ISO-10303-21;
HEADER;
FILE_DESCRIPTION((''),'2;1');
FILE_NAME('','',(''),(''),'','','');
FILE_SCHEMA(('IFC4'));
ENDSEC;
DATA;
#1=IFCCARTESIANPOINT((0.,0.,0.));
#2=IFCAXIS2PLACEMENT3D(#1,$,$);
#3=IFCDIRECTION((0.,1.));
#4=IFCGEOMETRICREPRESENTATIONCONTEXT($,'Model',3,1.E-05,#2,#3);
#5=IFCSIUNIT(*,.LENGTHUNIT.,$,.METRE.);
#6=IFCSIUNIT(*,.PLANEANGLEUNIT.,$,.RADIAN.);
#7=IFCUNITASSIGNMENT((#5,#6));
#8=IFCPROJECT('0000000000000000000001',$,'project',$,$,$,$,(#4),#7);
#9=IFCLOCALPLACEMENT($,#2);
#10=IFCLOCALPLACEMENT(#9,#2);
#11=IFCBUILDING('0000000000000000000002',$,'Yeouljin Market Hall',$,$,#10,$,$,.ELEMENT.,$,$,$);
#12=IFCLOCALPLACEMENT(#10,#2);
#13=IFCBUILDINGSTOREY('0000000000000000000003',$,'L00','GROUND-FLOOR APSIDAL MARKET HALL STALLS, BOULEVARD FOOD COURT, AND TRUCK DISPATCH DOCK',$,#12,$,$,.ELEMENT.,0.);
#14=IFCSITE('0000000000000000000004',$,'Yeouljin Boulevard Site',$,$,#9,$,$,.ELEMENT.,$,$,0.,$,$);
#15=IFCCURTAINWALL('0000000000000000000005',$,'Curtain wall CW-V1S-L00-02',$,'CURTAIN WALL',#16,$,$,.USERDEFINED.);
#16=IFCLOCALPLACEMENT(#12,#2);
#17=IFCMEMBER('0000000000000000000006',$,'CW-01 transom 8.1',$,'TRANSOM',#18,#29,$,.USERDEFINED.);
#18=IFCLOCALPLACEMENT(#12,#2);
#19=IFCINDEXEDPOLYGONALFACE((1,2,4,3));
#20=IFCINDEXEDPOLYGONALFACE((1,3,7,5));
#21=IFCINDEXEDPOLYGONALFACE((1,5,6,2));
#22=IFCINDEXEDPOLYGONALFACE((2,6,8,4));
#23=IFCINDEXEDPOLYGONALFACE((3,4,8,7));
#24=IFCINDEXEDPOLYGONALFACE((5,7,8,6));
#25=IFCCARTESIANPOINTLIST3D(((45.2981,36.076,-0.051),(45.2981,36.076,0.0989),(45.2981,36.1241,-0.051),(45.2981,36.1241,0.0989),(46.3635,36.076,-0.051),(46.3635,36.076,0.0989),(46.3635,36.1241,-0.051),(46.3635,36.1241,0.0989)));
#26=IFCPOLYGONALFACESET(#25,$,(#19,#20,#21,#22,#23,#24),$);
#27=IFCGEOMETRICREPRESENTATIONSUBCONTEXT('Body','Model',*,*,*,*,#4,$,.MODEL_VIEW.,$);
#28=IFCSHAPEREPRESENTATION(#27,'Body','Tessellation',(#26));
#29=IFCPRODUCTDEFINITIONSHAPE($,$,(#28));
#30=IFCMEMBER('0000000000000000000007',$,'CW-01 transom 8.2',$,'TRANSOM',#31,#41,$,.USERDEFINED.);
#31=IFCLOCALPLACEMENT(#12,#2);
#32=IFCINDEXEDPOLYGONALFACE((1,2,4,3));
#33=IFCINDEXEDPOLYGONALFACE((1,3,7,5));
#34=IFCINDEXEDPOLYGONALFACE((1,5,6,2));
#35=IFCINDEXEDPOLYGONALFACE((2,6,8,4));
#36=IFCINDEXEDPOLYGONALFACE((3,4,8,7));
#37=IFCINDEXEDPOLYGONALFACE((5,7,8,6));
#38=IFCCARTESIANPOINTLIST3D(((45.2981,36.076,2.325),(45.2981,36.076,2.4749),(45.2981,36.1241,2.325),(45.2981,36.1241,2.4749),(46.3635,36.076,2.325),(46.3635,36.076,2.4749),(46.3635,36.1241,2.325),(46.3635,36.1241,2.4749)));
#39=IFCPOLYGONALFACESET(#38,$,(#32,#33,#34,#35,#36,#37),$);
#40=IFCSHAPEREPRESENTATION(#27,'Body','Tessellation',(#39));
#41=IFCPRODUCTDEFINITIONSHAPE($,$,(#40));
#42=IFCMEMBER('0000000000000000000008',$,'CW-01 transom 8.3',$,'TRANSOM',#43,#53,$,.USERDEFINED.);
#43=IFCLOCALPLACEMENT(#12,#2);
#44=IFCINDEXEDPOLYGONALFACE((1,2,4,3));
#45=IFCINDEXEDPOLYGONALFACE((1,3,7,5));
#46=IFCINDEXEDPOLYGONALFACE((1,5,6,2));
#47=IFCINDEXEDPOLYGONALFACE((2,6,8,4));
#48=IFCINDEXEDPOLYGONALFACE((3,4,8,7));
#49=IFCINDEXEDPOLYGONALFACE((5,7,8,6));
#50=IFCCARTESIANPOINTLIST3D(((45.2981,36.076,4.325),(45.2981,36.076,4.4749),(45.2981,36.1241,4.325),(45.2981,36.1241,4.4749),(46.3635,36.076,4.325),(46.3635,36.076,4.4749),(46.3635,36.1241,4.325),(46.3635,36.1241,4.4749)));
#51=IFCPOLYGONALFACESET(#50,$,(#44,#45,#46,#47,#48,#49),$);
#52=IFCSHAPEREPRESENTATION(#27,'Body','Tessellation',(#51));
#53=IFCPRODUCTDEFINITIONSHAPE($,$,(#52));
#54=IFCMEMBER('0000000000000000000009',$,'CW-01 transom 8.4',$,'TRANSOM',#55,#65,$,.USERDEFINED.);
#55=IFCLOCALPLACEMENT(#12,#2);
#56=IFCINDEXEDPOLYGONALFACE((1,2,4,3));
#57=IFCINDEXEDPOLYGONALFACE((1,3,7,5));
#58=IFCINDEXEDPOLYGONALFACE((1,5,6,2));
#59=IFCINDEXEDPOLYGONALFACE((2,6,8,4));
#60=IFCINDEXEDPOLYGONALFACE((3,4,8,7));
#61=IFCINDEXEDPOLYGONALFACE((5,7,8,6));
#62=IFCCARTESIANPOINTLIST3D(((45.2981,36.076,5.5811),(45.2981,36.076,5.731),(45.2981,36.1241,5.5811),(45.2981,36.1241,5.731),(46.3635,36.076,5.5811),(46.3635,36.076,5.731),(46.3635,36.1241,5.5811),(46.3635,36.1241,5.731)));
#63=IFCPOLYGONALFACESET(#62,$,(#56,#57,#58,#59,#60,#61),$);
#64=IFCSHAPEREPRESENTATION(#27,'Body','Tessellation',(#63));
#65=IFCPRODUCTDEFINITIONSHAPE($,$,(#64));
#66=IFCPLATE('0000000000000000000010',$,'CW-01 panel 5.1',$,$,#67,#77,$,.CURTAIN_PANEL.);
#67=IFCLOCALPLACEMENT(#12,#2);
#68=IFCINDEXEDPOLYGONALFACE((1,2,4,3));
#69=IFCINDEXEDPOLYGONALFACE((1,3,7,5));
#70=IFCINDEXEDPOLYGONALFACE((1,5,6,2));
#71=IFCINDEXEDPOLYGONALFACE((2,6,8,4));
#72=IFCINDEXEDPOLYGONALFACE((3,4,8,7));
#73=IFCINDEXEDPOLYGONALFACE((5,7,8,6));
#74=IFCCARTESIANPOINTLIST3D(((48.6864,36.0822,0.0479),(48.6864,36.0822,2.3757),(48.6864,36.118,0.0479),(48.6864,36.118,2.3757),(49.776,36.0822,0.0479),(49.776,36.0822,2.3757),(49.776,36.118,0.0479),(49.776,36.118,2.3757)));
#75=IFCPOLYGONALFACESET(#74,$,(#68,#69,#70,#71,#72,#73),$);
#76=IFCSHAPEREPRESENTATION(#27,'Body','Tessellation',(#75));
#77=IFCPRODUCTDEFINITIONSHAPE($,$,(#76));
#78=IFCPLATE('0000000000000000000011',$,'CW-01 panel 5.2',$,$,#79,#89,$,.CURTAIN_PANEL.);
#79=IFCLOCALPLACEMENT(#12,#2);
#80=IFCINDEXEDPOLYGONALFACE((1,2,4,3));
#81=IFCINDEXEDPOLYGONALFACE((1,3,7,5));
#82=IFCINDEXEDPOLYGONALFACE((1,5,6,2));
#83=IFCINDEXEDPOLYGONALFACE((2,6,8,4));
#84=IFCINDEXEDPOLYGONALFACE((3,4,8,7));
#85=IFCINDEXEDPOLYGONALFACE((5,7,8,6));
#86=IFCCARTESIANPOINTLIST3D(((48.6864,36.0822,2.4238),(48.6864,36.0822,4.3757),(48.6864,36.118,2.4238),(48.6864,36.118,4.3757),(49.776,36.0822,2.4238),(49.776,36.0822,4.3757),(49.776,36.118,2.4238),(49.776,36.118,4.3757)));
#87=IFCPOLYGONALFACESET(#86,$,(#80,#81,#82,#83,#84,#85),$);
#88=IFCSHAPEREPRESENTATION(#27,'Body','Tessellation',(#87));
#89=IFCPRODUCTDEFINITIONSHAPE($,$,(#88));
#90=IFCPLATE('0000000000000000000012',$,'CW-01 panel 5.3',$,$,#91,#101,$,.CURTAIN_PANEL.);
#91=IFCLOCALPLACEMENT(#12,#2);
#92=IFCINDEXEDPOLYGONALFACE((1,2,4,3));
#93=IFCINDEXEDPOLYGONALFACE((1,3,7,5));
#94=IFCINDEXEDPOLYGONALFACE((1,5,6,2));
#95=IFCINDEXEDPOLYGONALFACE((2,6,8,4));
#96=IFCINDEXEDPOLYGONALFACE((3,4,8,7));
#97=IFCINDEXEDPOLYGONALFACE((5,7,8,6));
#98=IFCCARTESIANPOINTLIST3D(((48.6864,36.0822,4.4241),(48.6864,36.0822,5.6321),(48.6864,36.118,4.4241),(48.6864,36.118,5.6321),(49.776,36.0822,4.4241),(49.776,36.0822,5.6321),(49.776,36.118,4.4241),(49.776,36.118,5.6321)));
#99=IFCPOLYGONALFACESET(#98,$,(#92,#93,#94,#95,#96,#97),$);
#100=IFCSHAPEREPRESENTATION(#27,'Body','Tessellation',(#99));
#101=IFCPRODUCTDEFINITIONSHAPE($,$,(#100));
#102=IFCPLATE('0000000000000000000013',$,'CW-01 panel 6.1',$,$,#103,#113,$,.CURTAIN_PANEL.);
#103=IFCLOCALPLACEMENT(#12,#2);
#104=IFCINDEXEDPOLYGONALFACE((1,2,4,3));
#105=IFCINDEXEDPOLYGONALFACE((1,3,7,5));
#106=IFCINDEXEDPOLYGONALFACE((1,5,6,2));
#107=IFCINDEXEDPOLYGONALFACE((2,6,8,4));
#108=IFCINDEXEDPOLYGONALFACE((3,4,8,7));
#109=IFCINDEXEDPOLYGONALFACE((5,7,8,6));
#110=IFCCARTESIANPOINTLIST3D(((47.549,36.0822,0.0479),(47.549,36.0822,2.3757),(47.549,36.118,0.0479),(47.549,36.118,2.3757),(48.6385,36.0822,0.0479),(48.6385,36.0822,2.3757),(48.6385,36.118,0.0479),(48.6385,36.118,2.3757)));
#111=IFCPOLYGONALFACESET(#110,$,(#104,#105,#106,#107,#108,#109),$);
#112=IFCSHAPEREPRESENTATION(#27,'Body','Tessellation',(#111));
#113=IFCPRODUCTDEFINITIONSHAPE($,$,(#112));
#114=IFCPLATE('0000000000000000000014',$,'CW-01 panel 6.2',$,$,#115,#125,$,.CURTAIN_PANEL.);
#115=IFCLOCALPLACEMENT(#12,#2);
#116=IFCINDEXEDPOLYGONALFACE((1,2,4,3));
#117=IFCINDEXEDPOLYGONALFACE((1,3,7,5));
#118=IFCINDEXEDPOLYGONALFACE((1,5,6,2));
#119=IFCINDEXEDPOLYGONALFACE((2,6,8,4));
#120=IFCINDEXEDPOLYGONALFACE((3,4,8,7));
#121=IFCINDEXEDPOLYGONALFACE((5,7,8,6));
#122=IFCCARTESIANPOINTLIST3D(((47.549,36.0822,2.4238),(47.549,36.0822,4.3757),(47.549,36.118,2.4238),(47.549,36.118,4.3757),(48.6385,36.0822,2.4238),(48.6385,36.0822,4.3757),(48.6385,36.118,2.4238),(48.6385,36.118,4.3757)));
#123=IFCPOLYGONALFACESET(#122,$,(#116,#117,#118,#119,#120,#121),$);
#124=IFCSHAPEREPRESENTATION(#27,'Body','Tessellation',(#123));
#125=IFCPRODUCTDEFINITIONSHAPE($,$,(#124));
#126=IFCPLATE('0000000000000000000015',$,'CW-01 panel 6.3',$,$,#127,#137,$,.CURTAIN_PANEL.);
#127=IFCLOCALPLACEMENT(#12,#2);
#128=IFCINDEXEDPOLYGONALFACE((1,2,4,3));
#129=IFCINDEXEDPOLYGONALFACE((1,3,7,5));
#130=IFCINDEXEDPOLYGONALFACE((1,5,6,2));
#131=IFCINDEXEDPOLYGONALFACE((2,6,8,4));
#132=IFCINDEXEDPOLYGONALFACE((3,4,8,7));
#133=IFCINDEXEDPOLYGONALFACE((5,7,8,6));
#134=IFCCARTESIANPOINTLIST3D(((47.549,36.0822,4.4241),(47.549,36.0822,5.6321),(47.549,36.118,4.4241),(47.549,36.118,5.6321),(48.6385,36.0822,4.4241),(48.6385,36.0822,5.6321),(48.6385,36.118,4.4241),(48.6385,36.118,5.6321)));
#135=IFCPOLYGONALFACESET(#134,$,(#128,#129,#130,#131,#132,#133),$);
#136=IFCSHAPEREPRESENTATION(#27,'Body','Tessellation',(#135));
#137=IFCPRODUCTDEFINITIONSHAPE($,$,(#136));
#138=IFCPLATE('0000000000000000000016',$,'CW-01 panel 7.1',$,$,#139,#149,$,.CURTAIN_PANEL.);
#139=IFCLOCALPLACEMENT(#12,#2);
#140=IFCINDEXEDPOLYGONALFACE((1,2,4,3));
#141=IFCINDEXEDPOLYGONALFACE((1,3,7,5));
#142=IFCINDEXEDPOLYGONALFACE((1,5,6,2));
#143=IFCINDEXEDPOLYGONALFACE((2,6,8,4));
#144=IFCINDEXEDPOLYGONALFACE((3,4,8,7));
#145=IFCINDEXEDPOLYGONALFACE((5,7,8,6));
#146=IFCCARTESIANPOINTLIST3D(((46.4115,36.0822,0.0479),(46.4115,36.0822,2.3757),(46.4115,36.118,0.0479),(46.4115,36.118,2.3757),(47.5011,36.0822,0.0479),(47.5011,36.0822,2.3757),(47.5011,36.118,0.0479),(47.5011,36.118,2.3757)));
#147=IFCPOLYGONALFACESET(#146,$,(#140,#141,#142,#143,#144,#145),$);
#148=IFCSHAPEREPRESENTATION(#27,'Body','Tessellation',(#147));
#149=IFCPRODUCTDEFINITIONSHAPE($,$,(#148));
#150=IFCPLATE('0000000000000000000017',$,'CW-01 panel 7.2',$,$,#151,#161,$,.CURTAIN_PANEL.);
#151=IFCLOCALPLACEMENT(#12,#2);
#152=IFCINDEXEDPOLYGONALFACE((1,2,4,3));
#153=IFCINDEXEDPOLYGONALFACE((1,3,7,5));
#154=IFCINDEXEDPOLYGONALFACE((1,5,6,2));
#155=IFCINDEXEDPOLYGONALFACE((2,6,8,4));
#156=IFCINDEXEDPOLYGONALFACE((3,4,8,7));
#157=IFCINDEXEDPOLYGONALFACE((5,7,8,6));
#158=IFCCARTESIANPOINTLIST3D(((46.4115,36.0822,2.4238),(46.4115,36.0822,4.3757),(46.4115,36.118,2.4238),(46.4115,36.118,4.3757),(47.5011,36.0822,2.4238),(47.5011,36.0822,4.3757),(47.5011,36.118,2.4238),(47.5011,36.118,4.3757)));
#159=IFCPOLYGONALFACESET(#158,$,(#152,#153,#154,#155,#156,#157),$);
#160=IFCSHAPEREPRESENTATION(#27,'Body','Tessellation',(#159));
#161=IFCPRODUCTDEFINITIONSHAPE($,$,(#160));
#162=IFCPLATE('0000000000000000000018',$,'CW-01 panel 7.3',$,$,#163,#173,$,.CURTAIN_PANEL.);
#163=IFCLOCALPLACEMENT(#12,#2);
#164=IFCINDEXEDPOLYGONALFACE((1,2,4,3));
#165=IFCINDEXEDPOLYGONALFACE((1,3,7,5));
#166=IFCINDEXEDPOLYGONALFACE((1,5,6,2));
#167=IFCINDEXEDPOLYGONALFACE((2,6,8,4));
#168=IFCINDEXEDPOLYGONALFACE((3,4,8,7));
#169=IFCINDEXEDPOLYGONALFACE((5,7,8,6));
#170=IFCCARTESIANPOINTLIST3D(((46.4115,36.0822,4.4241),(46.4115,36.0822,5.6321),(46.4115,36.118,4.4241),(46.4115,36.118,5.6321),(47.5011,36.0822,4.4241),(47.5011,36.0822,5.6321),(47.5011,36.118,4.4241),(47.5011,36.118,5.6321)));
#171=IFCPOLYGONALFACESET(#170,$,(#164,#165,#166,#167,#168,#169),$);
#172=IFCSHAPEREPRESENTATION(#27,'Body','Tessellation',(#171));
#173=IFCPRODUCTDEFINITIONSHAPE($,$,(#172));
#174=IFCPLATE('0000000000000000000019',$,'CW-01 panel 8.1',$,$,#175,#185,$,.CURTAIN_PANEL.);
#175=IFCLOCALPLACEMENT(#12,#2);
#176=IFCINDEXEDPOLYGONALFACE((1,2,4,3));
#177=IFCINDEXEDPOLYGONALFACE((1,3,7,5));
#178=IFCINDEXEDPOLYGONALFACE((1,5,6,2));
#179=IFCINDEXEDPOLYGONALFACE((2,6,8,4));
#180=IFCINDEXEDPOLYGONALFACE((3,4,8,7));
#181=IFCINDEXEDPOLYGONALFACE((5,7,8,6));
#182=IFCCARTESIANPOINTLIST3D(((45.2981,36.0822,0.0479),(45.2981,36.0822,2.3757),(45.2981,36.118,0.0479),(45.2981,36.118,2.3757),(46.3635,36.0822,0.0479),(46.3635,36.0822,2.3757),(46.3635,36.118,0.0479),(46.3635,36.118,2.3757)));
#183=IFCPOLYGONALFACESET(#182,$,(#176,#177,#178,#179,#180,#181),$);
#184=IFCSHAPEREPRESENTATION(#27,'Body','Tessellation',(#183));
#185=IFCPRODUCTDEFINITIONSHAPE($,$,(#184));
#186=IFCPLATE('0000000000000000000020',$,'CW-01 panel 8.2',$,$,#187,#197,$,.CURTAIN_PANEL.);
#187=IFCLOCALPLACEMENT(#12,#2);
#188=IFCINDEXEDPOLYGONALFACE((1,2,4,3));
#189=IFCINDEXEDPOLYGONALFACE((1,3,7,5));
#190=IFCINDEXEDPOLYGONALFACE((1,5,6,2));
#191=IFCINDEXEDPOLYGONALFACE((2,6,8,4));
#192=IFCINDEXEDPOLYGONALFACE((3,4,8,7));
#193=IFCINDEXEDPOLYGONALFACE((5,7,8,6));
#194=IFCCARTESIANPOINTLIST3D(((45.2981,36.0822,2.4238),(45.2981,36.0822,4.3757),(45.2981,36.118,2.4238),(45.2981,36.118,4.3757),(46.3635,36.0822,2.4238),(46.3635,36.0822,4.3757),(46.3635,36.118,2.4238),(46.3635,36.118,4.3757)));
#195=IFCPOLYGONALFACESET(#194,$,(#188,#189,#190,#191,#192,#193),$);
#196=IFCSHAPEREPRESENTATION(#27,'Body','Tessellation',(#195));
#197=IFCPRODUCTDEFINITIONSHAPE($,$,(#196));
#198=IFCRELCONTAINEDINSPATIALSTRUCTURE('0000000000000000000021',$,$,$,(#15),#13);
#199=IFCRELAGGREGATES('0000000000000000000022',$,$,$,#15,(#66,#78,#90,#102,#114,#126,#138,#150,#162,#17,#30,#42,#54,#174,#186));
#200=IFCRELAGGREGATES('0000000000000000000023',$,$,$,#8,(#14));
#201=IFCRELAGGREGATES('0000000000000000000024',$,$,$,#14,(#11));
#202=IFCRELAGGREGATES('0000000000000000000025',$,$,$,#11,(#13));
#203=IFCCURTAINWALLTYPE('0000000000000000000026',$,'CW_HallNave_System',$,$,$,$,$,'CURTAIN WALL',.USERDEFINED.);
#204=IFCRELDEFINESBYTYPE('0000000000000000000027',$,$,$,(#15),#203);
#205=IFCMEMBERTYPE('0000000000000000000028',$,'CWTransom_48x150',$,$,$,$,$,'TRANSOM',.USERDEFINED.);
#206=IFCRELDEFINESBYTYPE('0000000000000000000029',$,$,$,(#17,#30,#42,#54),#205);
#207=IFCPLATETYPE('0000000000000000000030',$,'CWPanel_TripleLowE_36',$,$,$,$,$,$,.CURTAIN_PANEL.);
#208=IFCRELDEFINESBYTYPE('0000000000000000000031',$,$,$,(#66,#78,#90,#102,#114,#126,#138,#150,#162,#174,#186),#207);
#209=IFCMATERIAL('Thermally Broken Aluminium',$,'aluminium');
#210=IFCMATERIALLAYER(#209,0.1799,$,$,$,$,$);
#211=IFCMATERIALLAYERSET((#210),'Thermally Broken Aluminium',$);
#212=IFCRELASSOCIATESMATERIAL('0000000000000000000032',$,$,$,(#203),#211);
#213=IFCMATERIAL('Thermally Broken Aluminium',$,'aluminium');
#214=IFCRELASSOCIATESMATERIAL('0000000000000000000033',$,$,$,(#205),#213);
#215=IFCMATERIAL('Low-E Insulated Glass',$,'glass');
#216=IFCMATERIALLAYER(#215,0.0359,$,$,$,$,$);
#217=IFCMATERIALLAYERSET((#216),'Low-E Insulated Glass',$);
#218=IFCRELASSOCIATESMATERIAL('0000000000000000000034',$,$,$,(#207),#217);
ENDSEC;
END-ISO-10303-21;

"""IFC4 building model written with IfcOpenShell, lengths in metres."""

from ifc_helpers import new_model, si_unit, direction, frame, origin, origin_2d, place, context, subcontext, project, spatial, rectangle, extrude, material, layer, layer_set, material_profile, profile_set, type_object, element, aggregate, save


model = new_model("IFC4")

# Units and contexts
model_context = context("Model", 3, precision=1e-05, world=origin(), true_north=direction((0.0, 1.0)))
body_context = subcontext(model_context, "Body", "Model", "MODEL_VIEW")
ifc_project = project(units=[si_unit("LENGTHUNIT", "METRE"), si_unit("PLANEANGLEUNIT", "RADIAN")], contexts=[model_context])

# Site, building, storey
site_placement = place(None, origin())
site = spatial("IfcSite", under=ifc_project, at=site_placement, Name="Yeouljin Boulevard Site", CompositionType="ELEMENT", RefElevation=0.0)
building_placement = place(site_placement, origin())
building = spatial("IfcBuilding", under=site, at=building_placement, Name="Yeouljin Market Hall", CompositionType="ELEMENT")
storey_placement = place(building_placement, origin())
storey = spatial("IfcBuildingStorey", under=building, at=storey_placement, Name="L00", Description="GROUND-FLOOR APSIDAL MARKET HALL STALLS, BOULEVARD FOOD COURT, AND TRUCK DISPATCH DOCK", CompositionType="ELEMENT", Elevation=0.0)

# Shared definitions
ifc_material_1 = material(Name="Thermally Broken Aluminium", Category="aluminium")
ifc_layer_1 = layer(ifc_material_1, 0.1799)
ifc_layer_set_1 = layer_set([ifc_layer_1], Name="Thermally Broken Aluminium")
curtain_wall_type = type_object("IfcCurtainWallType", Name="CW_HallNave_System", ElementType="CURTAIN WALL", PredefinedType="USERDEFINED", material=ifc_layer_set_1)

# Curtain wall
curtain_wall_1_placement = place(storey_placement, origin())
curtain_wall_1 = element("IfcCurtainWall", 1, at=curtain_wall_1_placement, inside=storey, type_object=curtain_wall_type, Name="Curtain wall CW-V1S-L00-02", ObjectType="CURTAIN WALL", PredefinedType="USERDEFINED")

# Members
ifc_material_2 = material(Name="Thermally Broken Aluminium", Category="aluminium")
ifc_material_profile_1 = material_profile(ifc_material_2, rectangle(XDim=0.0481, YDim=0.1499, at=origin_2d()), Name="CW-TRAN-48x150")
ifc_profile_set_1 = profile_set([ifc_material_profile_1], Name="Thermally Broken Aluminium")
member_type_1 = type_object("IfcMemberType", Name="CWTransom_48x150", ElementType="TRANSOM", PredefinedType="USERDEFINED", material=ifc_profile_set_1)
member_1_placement = place(storey_placement, frame((46.3635, 36.1001, 0.0239), z_axis=(-1.0, 0.0, 0.0), x_axis=(0.0, -1.0, 0.0)))
member_1 = element("IfcMember", 2, at=member_1_placement, type_object=member_type_1, Name="CW-01 transom 8.1", ObjectType="TRANSOM", PredefinedType="USERDEFINED", context=body_context, shape_type="SweptSolid", body=[
    extrude(rectangle(XDim=0.0481, YDim=0.1499, at=origin_2d()), origin(), (0.0, 0.0, 1.0), 1.0654),
])
member_2_placement = place(storey_placement, frame((46.3635, 36.1001, 2.3999), z_axis=(-1.0, 0.0, 0.0), x_axis=(0.0, -1.0, 0.0)))
member_2 = element("IfcMember", 3, at=member_2_placement, type_object=member_type_1, Name="CW-01 transom 8.2", ObjectType="TRANSOM", PredefinedType="USERDEFINED", context=body_context, shape_type="SweptSolid", body=[
    extrude(rectangle(XDim=0.0481, YDim=0.1499, at=origin_2d()), origin(), (0.0, 0.0, 1.0), 1.0654),
])
member_3_placement = place(storey_placement, frame((46.3635, 36.1001, 4.3999), z_axis=(-1.0, 0.0, 0.0), x_axis=(0.0, -1.0, 0.0)))
member_3 = element("IfcMember", 4, at=member_3_placement, type_object=member_type_1, Name="CW-01 transom 8.3", ObjectType="TRANSOM", PredefinedType="USERDEFINED", context=body_context, shape_type="SweptSolid", body=[
    extrude(rectangle(XDim=0.0481, YDim=0.1499, at=origin_2d()), origin(), (0.0, 0.0, 1.0), 1.0654),
])
member_4_placement = place(storey_placement, frame((46.3635, 36.1001, 5.656), z_axis=(-1.0, 0.0, 0.0), x_axis=(0.0, -1.0, 0.0)))
member_4 = element("IfcMember", 5, at=member_4_placement, type_object=member_type_1, Name="CW-01 transom 8.4", ObjectType="TRANSOM", PredefinedType="USERDEFINED", context=body_context, shape_type="SweptSolid", body=[
    extrude(rectangle(XDim=0.0481, YDim=0.1499, at=origin_2d()), origin(), (0.0, 0.0, 1.0), 1.0654),
])

# Plates
ifc_material_3 = material(Name="Low-E Insulated Glass", Category="glass")
ifc_layer_2 = layer(ifc_material_3, 0.0359)
ifc_layer_set_2 = layer_set([ifc_layer_2], Name="Low-E Insulated Glass")
plate_type = type_object("IfcPlateType", Name="CWPanel_TripleLowE_36", PredefinedType="CURTAIN_PANEL", material=ifc_layer_set_2)
plate_1_placement = place(storey_placement, frame((49.2312, 36.1001, 0.0479), z_axis=(0.0, 0.0, 1.0), x_axis=(-1.0, 0.0, 0.0)))
plate_1 = element("IfcPlate", 6, at=plate_1_placement, type_object=plate_type, Name="CW-01 panel 5.1", PredefinedType="CURTAIN_PANEL", context=body_context, shape_type="SweptSolid", body=[
    extrude(rectangle(XDim=1.0896, YDim=0.0359, at=origin_2d()), origin(), (0.0, 0.0, 1.0), 2.3279),
])
plate_2_placement = place(storey_placement, frame((49.2312, 36.1001, 2.4238), z_axis=(0.0, 0.0, 1.0), x_axis=(-1.0, 0.0, 0.0)))
plate_2 = element("IfcPlate", 7, at=plate_2_placement, type_object=plate_type, Name="CW-01 panel 5.2", PredefinedType="CURTAIN_PANEL", context=body_context, shape_type="SweptSolid", body=[
    extrude(rectangle(XDim=1.0896, YDim=0.0359, at=origin_2d()), origin(), (0.0, 0.0, 1.0), 1.9519),
])
plate_3_placement = place(storey_placement, frame((49.2312, 36.1001, 4.4241), z_axis=(0.0, 0.0, 1.0), x_axis=(-1.0, 0.0, 0.0)))
plate_3 = element("IfcPlate", 8, at=plate_3_placement, type_object=plate_type, Name="CW-01 panel 5.3", PredefinedType="CURTAIN_PANEL", context=body_context, shape_type="SweptSolid", body=[
    extrude(rectangle(XDim=1.0896, YDim=0.0359, at=origin_2d()), origin(), (0.0, 0.0, 1.0), 1.208),
])
plate_4_placement = place(storey_placement, frame((48.0938, 36.1001, 0.0479), z_axis=(0.0, 0.0, 1.0), x_axis=(-1.0, 0.0, 0.0)))
plate_4 = element("IfcPlate", 9, at=plate_4_placement, type_object=plate_type, Name="CW-01 panel 6.1", PredefinedType="CURTAIN_PANEL", context=body_context, shape_type="SweptSolid", body=[
    extrude(rectangle(XDim=1.0896, YDim=0.0359, at=origin_2d()), origin(), (0.0, 0.0, 1.0), 2.3279),
])
plate_5_placement = place(storey_placement, frame((48.0938, 36.1001, 2.4238), z_axis=(0.0, 0.0, 1.0), x_axis=(-1.0, 0.0, 0.0)))
plate_5 = element("IfcPlate", 10, at=plate_5_placement, type_object=plate_type, Name="CW-01 panel 6.2", PredefinedType="CURTAIN_PANEL", context=body_context, shape_type="SweptSolid", body=[
    extrude(rectangle(XDim=1.0896, YDim=0.0359, at=origin_2d()), origin(), (0.0, 0.0, 1.0), 1.9519),
])
plate_6_placement = place(storey_placement, frame((48.0938, 36.1001, 4.4241), z_axis=(0.0, 0.0, 1.0), x_axis=(-1.0, 0.0, 0.0)))
plate_6 = element("IfcPlate", 11, at=plate_6_placement, type_object=plate_type, Name="CW-01 panel 6.3", PredefinedType="CURTAIN_PANEL", context=body_context, shape_type="SweptSolid", body=[
    extrude(rectangle(XDim=1.0896, YDim=0.0359, at=origin_2d()), origin(), (0.0, 0.0, 1.0), 1.208),
])
plate_7_placement = place(storey_placement, frame((46.9563, 36.1001, 0.0479), z_axis=(0.0, 0.0, 1.0), x_axis=(-1.0, 0.0, 0.0)))
plate_7 = element("IfcPlate", 12, at=plate_7_placement, type_object=plate_type, Name="CW-01 panel 7.1", PredefinedType="CURTAIN_PANEL", context=body_context, shape_type="SweptSolid", body=[
    extrude(rectangle(XDim=1.0896, YDim=0.0359, at=origin_2d()), origin(), (0.0, 0.0, 1.0), 2.3279),
])
plate_8_placement = place(storey_placement, frame((46.9563, 36.1001, 2.4238), z_axis=(0.0, 0.0, 1.0), x_axis=(-1.0, 0.0, 0.0)))
plate_8 = element("IfcPlate", 13, at=plate_8_placement, type_object=plate_type, Name="CW-01 panel 7.2", PredefinedType="CURTAIN_PANEL", context=body_context, shape_type="SweptSolid", body=[
    extrude(rectangle(XDim=1.0896, YDim=0.0359, at=origin_2d()), origin(), (0.0, 0.0, 1.0), 1.9519),
])
plate_9_placement = place(storey_placement, frame((46.9563, 36.1001, 4.4241), z_axis=(0.0, 0.0, 1.0), x_axis=(-1.0, 0.0, 0.0)))
plate_9 = element("IfcPlate", 14, at=plate_9_placement, type_object=plate_type, Name="CW-01 panel 7.3", PredefinedType="CURTAIN_PANEL", context=body_context, shape_type="SweptSolid", body=[
    extrude(rectangle(XDim=1.0896, YDim=0.0359, at=origin_2d()), origin(), (0.0, 0.0, 1.0), 1.208),
])
plate_10_placement = place(storey_placement, frame((45.8308, 36.1001, 0.0479), z_axis=(0.0, 0.0, 1.0), x_axis=(-1.0, 0.0, 0.0)))
plate_10 = element("IfcPlate", 15, at=plate_10_placement, type_object=plate_type, Name="CW-01 panel 8.1", PredefinedType="CURTAIN_PANEL", context=body_context, shape_type="SweptSolid", body=[
    extrude(rectangle(XDim=1.0654, YDim=0.0359, at=origin_2d()), origin(), (0.0, 0.0, 1.0), 2.3279),
])
plate_11_placement = place(storey_placement, frame((45.8308, 36.1001, 2.4238), z_axis=(0.0, 0.0, 1.0), x_axis=(-1.0, 0.0, 0.0)))
plate_11 = element("IfcPlate", 16, at=plate_11_placement, type_object=plate_type, Name="CW-01 panel 8.2", PredefinedType="CURTAIN_PANEL", context=body_context, shape_type="SweptSolid", body=[
    extrude(rectangle(XDim=1.0654, YDim=0.0359, at=origin_2d()), origin(), (0.0, 0.0, 1.0), 1.9519),
])
aggregate(curtain_wall_1, [plate_1, plate_2, plate_3, plate_4, plate_5, plate_6, plate_7, plate_8, plate_9, member_1, member_2, member_3, member_4, plate_10, plate_11])

save(model, "model.ifc")
